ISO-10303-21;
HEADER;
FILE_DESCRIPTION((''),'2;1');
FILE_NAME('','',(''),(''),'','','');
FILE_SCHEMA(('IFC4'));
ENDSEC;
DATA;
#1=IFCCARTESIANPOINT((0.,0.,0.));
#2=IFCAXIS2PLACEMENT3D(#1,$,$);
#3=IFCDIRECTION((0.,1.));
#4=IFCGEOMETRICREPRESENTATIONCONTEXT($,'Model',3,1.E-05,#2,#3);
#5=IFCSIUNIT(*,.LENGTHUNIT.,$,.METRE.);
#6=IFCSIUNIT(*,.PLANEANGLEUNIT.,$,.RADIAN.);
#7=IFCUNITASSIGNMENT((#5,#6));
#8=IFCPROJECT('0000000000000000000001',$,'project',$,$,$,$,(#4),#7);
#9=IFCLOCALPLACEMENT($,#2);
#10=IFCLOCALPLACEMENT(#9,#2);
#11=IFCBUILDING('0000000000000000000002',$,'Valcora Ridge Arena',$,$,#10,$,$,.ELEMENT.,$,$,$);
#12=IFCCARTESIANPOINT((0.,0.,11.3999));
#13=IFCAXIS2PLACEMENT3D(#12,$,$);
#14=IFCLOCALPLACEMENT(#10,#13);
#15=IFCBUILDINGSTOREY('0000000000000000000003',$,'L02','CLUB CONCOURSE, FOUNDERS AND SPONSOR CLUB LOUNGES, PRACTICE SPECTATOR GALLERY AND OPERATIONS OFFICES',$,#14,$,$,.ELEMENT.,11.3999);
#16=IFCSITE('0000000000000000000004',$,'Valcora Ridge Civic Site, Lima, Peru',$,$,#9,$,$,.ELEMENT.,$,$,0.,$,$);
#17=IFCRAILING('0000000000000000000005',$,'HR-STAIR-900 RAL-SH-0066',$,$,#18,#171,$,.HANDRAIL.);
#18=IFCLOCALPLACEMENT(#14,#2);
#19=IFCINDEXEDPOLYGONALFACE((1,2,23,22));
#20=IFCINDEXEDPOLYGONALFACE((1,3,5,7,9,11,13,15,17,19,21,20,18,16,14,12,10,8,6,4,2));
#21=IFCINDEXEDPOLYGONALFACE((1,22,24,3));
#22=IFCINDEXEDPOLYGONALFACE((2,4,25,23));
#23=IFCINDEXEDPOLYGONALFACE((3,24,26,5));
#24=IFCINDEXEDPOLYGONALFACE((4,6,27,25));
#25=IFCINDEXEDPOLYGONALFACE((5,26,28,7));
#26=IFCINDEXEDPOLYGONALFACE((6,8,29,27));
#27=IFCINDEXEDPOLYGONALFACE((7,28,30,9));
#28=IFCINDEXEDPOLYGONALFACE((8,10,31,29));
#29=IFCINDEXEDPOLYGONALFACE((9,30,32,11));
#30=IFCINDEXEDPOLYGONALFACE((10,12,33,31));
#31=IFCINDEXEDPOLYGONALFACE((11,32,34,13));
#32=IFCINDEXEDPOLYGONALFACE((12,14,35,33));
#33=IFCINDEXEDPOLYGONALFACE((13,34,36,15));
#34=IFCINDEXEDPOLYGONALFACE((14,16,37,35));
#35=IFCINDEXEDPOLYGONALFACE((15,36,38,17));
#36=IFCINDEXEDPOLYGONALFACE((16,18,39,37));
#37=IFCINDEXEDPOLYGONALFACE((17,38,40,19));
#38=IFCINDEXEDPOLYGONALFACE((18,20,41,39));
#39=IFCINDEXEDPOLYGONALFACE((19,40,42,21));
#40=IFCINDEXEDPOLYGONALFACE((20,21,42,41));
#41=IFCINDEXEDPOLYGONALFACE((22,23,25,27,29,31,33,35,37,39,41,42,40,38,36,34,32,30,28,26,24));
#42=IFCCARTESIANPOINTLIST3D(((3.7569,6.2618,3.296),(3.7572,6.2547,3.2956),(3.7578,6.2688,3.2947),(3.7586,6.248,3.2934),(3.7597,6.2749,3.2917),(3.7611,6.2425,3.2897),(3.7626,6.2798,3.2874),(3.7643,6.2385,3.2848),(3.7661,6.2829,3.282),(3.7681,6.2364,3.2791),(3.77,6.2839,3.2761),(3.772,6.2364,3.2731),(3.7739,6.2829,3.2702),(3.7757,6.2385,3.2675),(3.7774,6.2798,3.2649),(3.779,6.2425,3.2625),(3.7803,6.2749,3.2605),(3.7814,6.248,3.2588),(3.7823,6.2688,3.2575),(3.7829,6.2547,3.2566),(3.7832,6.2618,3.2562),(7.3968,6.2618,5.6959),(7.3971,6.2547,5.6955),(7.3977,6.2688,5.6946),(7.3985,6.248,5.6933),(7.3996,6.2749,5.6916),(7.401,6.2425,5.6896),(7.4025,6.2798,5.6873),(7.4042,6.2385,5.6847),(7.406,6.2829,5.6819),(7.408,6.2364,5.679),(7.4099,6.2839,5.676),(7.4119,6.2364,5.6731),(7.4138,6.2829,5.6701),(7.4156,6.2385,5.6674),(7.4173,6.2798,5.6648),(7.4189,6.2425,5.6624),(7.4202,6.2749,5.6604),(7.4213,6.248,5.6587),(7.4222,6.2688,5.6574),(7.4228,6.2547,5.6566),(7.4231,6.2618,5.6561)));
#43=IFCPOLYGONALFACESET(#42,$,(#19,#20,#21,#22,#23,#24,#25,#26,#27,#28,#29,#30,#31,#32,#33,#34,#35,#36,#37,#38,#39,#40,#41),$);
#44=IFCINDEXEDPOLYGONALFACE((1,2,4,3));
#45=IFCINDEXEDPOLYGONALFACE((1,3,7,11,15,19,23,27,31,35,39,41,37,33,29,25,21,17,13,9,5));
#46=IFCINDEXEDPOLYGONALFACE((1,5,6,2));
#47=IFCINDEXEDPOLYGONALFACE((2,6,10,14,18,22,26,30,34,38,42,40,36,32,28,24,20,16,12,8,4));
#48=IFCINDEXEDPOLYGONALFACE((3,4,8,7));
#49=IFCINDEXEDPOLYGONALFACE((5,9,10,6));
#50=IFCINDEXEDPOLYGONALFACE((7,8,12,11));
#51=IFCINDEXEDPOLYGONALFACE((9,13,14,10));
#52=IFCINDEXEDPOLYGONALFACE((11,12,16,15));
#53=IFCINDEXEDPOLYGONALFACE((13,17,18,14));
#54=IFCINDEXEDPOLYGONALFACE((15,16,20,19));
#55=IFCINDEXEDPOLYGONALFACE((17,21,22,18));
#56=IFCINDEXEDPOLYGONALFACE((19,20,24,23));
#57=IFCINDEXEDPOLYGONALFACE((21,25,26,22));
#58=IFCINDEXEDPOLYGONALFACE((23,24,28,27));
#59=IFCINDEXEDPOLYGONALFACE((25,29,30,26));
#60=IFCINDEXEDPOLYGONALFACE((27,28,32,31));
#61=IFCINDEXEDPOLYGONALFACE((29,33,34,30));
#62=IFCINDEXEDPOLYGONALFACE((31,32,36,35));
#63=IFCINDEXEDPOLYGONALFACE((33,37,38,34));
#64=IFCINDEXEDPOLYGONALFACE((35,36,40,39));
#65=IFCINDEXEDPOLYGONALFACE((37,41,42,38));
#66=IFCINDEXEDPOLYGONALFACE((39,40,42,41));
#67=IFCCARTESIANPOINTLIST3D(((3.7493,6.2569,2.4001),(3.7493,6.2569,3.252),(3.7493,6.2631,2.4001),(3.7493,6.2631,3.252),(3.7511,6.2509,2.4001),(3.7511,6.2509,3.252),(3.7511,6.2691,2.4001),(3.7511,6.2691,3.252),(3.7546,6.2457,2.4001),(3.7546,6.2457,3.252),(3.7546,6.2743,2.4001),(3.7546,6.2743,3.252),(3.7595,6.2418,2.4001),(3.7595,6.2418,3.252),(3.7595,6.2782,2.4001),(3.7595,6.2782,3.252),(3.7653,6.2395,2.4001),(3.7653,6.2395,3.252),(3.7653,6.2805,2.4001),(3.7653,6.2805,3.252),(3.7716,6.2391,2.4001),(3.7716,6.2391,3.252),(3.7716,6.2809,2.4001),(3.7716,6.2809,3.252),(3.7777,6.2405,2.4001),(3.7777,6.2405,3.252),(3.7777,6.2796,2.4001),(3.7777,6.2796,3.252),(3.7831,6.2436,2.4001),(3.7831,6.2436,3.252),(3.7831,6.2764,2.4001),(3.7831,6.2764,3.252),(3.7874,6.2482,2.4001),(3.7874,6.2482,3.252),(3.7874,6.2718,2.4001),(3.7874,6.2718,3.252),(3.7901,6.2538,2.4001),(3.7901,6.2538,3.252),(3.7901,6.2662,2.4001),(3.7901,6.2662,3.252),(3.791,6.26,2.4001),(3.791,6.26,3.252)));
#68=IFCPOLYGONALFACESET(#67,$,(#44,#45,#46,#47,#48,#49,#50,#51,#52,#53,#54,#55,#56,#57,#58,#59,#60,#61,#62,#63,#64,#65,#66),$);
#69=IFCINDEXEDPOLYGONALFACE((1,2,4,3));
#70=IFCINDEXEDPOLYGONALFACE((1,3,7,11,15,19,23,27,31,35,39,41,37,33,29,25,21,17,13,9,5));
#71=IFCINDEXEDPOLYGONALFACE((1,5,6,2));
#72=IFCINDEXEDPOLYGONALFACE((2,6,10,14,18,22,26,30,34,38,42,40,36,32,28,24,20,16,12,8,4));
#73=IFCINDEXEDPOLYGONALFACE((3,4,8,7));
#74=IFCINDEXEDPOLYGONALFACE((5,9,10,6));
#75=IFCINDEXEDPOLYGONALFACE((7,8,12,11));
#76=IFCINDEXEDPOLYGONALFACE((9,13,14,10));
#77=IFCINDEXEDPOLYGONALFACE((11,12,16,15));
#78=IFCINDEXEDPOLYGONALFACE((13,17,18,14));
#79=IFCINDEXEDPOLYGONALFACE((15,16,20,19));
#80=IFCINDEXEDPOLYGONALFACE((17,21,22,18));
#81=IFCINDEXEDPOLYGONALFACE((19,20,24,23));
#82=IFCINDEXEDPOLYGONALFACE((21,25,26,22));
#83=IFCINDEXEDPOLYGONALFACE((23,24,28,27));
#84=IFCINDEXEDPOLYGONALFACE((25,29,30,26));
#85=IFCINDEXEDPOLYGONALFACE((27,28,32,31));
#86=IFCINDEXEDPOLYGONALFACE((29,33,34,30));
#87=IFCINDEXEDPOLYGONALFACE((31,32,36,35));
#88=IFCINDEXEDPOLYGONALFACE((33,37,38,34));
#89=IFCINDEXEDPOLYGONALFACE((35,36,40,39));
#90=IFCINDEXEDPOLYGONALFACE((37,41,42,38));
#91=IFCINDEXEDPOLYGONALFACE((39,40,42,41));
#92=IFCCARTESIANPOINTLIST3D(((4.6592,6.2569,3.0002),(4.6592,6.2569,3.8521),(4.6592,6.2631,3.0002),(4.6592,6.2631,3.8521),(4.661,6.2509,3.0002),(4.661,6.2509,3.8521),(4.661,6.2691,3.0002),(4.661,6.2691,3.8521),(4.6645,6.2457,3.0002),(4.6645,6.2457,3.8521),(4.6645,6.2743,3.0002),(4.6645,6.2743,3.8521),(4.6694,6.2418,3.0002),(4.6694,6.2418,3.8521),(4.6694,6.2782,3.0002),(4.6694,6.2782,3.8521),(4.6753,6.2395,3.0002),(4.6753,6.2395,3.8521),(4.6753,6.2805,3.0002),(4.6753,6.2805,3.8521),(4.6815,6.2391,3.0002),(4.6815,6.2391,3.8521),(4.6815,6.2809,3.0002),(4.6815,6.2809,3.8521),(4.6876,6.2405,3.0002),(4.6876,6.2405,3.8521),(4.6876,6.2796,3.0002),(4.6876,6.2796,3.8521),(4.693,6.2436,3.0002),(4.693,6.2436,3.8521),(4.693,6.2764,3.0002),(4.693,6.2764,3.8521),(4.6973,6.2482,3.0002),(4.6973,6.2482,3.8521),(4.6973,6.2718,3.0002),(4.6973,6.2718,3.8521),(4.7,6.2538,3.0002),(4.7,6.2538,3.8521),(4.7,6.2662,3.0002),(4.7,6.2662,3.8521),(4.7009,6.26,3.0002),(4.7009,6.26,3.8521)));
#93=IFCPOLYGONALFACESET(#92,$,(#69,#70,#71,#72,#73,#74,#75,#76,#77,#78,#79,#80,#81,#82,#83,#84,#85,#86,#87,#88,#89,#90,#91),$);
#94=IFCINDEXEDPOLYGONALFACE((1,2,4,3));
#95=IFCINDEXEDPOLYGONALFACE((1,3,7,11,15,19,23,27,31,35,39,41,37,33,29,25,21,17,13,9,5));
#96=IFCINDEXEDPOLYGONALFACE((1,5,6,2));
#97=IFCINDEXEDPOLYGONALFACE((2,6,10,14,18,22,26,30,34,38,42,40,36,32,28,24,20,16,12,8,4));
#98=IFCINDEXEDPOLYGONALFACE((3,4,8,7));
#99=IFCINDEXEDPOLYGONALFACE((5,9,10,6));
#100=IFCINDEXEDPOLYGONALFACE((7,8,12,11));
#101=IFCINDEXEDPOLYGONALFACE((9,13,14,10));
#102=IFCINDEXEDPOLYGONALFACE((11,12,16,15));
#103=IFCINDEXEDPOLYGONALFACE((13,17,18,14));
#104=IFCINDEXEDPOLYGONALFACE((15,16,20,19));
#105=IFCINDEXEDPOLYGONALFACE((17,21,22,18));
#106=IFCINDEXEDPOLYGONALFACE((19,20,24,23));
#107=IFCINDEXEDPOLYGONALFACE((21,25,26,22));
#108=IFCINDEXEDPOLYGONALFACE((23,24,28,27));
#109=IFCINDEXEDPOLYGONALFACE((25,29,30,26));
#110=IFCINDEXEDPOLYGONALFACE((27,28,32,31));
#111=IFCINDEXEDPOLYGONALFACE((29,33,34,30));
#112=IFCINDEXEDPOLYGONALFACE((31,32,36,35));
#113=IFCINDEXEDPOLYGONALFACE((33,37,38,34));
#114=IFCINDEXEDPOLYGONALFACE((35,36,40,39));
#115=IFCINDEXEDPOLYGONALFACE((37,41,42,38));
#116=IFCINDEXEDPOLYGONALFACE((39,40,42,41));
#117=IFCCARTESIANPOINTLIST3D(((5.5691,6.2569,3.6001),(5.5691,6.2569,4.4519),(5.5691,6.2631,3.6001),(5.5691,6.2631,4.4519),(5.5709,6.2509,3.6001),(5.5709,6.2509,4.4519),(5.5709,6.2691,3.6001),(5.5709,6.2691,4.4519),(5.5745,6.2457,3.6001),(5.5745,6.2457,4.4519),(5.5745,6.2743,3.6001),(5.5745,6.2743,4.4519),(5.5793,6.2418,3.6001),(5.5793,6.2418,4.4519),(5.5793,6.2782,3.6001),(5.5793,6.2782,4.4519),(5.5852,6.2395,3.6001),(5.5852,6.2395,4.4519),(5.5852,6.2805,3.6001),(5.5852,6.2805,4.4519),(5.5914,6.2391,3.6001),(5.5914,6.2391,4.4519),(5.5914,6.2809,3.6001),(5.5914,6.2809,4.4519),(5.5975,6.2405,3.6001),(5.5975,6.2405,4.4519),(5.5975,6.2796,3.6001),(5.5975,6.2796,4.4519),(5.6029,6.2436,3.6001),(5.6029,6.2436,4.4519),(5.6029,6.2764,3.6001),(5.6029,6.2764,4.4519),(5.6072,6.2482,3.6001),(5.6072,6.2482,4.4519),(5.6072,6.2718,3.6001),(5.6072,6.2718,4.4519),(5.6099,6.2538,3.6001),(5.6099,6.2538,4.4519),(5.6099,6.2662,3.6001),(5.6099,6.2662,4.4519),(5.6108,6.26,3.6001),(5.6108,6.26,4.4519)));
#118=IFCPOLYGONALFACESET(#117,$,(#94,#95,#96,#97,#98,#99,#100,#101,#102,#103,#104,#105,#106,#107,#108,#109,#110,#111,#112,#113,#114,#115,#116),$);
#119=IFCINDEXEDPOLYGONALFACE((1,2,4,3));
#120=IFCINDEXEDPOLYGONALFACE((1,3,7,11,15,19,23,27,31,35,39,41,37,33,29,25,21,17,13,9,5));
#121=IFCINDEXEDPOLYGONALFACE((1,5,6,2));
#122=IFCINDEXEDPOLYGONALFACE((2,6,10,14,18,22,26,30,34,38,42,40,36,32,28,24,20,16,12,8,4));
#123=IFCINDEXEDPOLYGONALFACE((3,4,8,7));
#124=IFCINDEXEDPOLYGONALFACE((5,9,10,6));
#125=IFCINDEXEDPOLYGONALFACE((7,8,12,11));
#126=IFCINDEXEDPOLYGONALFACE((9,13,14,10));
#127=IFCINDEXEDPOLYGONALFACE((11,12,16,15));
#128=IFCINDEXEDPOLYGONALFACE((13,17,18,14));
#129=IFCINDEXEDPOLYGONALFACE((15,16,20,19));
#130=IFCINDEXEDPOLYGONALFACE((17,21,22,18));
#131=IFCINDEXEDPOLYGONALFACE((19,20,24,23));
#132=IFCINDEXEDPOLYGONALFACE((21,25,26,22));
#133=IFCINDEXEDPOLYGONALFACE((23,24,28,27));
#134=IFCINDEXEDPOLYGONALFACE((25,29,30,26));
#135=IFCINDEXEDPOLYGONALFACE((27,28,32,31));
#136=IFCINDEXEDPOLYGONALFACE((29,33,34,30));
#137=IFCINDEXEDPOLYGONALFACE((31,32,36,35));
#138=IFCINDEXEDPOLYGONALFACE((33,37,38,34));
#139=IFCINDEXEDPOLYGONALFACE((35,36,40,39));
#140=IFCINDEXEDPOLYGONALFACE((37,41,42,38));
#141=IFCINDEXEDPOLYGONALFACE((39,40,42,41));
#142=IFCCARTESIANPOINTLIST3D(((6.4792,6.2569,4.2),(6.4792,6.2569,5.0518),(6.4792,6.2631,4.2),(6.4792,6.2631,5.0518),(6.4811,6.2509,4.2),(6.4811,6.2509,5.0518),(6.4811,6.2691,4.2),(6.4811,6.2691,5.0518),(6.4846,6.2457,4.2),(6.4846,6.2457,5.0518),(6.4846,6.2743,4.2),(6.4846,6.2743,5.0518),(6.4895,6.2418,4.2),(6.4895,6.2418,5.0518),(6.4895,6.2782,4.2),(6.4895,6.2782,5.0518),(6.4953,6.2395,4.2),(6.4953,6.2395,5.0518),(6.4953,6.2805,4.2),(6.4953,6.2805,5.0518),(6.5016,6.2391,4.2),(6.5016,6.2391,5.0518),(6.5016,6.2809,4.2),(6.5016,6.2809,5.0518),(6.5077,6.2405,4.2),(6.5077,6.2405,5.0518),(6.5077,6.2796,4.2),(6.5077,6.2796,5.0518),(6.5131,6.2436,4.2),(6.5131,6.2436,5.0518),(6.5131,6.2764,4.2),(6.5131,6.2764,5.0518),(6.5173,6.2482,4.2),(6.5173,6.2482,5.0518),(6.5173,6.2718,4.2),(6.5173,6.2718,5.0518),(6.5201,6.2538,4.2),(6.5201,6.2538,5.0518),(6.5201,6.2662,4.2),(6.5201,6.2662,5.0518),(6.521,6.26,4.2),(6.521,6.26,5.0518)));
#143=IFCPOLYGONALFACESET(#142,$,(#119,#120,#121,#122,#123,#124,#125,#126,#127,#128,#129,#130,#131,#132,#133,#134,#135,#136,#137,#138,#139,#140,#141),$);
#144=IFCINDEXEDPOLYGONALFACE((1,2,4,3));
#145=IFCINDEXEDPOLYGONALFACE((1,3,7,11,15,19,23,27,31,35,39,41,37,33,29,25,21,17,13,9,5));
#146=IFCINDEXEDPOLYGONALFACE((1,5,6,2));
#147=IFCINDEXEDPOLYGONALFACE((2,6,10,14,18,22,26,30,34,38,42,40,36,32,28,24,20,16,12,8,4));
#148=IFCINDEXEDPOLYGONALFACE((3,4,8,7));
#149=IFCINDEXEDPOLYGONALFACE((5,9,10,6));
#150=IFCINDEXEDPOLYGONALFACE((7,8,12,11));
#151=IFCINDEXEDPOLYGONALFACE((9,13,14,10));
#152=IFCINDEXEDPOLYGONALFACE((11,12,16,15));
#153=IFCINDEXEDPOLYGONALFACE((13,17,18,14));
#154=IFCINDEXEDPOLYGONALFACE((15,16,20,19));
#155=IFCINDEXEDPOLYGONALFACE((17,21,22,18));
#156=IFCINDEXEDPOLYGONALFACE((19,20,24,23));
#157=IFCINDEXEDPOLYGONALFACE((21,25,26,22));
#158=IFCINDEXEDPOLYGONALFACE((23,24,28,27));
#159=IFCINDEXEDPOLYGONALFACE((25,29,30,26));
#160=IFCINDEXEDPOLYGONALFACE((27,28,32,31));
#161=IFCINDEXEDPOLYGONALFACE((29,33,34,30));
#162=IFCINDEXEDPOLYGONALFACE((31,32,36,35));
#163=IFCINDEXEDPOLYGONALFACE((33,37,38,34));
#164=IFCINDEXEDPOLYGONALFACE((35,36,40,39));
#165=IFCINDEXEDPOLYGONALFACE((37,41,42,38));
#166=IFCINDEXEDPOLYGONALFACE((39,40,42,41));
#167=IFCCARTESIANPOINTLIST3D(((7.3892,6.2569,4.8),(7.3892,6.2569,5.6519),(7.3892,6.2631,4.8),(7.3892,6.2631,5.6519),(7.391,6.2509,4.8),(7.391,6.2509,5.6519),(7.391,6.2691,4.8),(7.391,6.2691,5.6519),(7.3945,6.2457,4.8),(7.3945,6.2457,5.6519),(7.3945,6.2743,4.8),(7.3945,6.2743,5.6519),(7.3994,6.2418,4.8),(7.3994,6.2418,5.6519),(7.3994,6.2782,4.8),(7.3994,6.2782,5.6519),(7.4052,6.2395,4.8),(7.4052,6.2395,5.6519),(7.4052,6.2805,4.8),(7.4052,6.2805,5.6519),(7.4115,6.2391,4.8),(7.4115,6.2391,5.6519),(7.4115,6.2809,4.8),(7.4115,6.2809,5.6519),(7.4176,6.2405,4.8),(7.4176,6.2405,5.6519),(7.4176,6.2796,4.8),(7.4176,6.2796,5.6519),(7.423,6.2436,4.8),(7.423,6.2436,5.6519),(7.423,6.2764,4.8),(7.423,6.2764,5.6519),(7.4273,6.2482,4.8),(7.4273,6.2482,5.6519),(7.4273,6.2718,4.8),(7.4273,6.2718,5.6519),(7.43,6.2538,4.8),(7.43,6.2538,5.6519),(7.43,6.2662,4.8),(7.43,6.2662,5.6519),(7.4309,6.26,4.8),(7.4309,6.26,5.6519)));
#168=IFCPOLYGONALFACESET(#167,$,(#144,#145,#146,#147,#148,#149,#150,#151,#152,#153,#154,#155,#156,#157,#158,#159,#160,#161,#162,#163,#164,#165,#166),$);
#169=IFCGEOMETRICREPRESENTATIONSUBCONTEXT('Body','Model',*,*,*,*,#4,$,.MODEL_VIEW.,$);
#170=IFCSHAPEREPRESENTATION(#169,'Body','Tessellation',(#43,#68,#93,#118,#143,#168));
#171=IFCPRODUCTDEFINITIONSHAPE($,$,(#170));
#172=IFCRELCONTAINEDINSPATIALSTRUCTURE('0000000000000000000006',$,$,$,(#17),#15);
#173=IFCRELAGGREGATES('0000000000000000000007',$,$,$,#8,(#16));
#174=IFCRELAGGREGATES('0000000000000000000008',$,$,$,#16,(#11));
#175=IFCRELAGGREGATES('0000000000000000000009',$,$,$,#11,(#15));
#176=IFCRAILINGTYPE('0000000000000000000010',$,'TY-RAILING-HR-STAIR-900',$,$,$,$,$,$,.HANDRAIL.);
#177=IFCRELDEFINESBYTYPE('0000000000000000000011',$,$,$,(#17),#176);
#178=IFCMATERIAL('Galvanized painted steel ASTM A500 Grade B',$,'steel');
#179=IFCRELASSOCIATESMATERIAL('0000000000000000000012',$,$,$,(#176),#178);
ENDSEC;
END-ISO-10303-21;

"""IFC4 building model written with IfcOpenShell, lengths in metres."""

from ifc_helpers import new_model, si_unit, direction, frame, origin, origin_2d, place, context, subcontext, project, spatial, circle, extrude, material, type_object, element, save


model = new_model("IFC4")

# Units and contexts
model_context = context("Model", 3, precision=1e-05, world=origin(), true_north=direction((0.0, 1.0)))
body_context = subcontext(model_context, "Body", "Model", "MODEL_VIEW")
ifc_project = project(units=[si_unit("LENGTHUNIT", "METRE"), si_unit("PLANEANGLEUNIT", "RADIAN")], contexts=[model_context])

# Site, building, storey
site_placement = place(None, origin())
site = spatial("IfcSite", under=ifc_project, at=site_placement, Name="Valcora Ridge Civic Site, Lima, Peru", CompositionType="ELEMENT", RefElevation=0.0)
building_placement = place(site_placement, origin())
building = spatial("IfcBuilding", under=site, at=building_placement, Name="Valcora Ridge Arena", CompositionType="ELEMENT")
storey_placement = place(building_placement, frame((0.0, 0.0, 11.3999)))
storey = spatial("IfcBuildingStorey", under=building, at=storey_placement, Name="L02", Description="CLUB CONCOURSE, FOUNDERS AND SPONSOR CLUB LOUNGES, PRACTICE SPECTATOR GALLERY AND OPERATIONS OFFICES", CompositionType="ELEMENT", Elevation=11.3999)

# Railing
ifc_material_1 = material(Name="Galvanized painted steel ASTM A500 Grade B", Category="steel")
railing_type_1 = type_object("IfcRailingType", Name="TY-RAILING-HR-STAIR-900", PredefinedType="HANDRAIL", material=ifc_material_1)
railing_1_placement = place(storey_placement, frame((3.77, 6.26, 2.4001)))
element("IfcRailing", 1, at=railing_1_placement, inside=storey, type_object=railing_type_1, Name="HR-STAIR-900 RAL-SH-0066", PredefinedType="HANDRAIL", context=body_context, shape_type="SweptSolid", body=[
    extrude(circle(Radius=0.0239, at=origin_2d()), frame((0.0, 0.0, 0.876), z_axis=(0.834865, 0.0, 0.550454), x_axis=(0.0, 1.0, 0.0)), (0.0, 0.0, 1.0), 4.3599),
    extrude(circle(Radius=0.021, at=origin_2d()), origin(), (0.0, 0.0, 1.0), 0.8518),
    extrude(circle(Radius=0.021, at=origin_2d()), frame((0.9099, 0.0, 0.6001)), (0.0, 0.0, 1.0), 0.8518),
    extrude(circle(Radius=0.021, at=origin_2d()), frame((1.8198, 0.0, 1.2)), (0.0, 0.0, 1.0), 0.8518),
    extrude(circle(Radius=0.021, at=origin_2d()), frame((2.73, 0.0, 1.7998)), (0.0, 0.0, 1.0), 0.8518),
    extrude(circle(Radius=0.021, at=origin_2d()), frame((3.6399, 0.0, 2.3999)), (0.0, 0.0, 1.0), 0.8518),
])

save(model, "model.ifc")
